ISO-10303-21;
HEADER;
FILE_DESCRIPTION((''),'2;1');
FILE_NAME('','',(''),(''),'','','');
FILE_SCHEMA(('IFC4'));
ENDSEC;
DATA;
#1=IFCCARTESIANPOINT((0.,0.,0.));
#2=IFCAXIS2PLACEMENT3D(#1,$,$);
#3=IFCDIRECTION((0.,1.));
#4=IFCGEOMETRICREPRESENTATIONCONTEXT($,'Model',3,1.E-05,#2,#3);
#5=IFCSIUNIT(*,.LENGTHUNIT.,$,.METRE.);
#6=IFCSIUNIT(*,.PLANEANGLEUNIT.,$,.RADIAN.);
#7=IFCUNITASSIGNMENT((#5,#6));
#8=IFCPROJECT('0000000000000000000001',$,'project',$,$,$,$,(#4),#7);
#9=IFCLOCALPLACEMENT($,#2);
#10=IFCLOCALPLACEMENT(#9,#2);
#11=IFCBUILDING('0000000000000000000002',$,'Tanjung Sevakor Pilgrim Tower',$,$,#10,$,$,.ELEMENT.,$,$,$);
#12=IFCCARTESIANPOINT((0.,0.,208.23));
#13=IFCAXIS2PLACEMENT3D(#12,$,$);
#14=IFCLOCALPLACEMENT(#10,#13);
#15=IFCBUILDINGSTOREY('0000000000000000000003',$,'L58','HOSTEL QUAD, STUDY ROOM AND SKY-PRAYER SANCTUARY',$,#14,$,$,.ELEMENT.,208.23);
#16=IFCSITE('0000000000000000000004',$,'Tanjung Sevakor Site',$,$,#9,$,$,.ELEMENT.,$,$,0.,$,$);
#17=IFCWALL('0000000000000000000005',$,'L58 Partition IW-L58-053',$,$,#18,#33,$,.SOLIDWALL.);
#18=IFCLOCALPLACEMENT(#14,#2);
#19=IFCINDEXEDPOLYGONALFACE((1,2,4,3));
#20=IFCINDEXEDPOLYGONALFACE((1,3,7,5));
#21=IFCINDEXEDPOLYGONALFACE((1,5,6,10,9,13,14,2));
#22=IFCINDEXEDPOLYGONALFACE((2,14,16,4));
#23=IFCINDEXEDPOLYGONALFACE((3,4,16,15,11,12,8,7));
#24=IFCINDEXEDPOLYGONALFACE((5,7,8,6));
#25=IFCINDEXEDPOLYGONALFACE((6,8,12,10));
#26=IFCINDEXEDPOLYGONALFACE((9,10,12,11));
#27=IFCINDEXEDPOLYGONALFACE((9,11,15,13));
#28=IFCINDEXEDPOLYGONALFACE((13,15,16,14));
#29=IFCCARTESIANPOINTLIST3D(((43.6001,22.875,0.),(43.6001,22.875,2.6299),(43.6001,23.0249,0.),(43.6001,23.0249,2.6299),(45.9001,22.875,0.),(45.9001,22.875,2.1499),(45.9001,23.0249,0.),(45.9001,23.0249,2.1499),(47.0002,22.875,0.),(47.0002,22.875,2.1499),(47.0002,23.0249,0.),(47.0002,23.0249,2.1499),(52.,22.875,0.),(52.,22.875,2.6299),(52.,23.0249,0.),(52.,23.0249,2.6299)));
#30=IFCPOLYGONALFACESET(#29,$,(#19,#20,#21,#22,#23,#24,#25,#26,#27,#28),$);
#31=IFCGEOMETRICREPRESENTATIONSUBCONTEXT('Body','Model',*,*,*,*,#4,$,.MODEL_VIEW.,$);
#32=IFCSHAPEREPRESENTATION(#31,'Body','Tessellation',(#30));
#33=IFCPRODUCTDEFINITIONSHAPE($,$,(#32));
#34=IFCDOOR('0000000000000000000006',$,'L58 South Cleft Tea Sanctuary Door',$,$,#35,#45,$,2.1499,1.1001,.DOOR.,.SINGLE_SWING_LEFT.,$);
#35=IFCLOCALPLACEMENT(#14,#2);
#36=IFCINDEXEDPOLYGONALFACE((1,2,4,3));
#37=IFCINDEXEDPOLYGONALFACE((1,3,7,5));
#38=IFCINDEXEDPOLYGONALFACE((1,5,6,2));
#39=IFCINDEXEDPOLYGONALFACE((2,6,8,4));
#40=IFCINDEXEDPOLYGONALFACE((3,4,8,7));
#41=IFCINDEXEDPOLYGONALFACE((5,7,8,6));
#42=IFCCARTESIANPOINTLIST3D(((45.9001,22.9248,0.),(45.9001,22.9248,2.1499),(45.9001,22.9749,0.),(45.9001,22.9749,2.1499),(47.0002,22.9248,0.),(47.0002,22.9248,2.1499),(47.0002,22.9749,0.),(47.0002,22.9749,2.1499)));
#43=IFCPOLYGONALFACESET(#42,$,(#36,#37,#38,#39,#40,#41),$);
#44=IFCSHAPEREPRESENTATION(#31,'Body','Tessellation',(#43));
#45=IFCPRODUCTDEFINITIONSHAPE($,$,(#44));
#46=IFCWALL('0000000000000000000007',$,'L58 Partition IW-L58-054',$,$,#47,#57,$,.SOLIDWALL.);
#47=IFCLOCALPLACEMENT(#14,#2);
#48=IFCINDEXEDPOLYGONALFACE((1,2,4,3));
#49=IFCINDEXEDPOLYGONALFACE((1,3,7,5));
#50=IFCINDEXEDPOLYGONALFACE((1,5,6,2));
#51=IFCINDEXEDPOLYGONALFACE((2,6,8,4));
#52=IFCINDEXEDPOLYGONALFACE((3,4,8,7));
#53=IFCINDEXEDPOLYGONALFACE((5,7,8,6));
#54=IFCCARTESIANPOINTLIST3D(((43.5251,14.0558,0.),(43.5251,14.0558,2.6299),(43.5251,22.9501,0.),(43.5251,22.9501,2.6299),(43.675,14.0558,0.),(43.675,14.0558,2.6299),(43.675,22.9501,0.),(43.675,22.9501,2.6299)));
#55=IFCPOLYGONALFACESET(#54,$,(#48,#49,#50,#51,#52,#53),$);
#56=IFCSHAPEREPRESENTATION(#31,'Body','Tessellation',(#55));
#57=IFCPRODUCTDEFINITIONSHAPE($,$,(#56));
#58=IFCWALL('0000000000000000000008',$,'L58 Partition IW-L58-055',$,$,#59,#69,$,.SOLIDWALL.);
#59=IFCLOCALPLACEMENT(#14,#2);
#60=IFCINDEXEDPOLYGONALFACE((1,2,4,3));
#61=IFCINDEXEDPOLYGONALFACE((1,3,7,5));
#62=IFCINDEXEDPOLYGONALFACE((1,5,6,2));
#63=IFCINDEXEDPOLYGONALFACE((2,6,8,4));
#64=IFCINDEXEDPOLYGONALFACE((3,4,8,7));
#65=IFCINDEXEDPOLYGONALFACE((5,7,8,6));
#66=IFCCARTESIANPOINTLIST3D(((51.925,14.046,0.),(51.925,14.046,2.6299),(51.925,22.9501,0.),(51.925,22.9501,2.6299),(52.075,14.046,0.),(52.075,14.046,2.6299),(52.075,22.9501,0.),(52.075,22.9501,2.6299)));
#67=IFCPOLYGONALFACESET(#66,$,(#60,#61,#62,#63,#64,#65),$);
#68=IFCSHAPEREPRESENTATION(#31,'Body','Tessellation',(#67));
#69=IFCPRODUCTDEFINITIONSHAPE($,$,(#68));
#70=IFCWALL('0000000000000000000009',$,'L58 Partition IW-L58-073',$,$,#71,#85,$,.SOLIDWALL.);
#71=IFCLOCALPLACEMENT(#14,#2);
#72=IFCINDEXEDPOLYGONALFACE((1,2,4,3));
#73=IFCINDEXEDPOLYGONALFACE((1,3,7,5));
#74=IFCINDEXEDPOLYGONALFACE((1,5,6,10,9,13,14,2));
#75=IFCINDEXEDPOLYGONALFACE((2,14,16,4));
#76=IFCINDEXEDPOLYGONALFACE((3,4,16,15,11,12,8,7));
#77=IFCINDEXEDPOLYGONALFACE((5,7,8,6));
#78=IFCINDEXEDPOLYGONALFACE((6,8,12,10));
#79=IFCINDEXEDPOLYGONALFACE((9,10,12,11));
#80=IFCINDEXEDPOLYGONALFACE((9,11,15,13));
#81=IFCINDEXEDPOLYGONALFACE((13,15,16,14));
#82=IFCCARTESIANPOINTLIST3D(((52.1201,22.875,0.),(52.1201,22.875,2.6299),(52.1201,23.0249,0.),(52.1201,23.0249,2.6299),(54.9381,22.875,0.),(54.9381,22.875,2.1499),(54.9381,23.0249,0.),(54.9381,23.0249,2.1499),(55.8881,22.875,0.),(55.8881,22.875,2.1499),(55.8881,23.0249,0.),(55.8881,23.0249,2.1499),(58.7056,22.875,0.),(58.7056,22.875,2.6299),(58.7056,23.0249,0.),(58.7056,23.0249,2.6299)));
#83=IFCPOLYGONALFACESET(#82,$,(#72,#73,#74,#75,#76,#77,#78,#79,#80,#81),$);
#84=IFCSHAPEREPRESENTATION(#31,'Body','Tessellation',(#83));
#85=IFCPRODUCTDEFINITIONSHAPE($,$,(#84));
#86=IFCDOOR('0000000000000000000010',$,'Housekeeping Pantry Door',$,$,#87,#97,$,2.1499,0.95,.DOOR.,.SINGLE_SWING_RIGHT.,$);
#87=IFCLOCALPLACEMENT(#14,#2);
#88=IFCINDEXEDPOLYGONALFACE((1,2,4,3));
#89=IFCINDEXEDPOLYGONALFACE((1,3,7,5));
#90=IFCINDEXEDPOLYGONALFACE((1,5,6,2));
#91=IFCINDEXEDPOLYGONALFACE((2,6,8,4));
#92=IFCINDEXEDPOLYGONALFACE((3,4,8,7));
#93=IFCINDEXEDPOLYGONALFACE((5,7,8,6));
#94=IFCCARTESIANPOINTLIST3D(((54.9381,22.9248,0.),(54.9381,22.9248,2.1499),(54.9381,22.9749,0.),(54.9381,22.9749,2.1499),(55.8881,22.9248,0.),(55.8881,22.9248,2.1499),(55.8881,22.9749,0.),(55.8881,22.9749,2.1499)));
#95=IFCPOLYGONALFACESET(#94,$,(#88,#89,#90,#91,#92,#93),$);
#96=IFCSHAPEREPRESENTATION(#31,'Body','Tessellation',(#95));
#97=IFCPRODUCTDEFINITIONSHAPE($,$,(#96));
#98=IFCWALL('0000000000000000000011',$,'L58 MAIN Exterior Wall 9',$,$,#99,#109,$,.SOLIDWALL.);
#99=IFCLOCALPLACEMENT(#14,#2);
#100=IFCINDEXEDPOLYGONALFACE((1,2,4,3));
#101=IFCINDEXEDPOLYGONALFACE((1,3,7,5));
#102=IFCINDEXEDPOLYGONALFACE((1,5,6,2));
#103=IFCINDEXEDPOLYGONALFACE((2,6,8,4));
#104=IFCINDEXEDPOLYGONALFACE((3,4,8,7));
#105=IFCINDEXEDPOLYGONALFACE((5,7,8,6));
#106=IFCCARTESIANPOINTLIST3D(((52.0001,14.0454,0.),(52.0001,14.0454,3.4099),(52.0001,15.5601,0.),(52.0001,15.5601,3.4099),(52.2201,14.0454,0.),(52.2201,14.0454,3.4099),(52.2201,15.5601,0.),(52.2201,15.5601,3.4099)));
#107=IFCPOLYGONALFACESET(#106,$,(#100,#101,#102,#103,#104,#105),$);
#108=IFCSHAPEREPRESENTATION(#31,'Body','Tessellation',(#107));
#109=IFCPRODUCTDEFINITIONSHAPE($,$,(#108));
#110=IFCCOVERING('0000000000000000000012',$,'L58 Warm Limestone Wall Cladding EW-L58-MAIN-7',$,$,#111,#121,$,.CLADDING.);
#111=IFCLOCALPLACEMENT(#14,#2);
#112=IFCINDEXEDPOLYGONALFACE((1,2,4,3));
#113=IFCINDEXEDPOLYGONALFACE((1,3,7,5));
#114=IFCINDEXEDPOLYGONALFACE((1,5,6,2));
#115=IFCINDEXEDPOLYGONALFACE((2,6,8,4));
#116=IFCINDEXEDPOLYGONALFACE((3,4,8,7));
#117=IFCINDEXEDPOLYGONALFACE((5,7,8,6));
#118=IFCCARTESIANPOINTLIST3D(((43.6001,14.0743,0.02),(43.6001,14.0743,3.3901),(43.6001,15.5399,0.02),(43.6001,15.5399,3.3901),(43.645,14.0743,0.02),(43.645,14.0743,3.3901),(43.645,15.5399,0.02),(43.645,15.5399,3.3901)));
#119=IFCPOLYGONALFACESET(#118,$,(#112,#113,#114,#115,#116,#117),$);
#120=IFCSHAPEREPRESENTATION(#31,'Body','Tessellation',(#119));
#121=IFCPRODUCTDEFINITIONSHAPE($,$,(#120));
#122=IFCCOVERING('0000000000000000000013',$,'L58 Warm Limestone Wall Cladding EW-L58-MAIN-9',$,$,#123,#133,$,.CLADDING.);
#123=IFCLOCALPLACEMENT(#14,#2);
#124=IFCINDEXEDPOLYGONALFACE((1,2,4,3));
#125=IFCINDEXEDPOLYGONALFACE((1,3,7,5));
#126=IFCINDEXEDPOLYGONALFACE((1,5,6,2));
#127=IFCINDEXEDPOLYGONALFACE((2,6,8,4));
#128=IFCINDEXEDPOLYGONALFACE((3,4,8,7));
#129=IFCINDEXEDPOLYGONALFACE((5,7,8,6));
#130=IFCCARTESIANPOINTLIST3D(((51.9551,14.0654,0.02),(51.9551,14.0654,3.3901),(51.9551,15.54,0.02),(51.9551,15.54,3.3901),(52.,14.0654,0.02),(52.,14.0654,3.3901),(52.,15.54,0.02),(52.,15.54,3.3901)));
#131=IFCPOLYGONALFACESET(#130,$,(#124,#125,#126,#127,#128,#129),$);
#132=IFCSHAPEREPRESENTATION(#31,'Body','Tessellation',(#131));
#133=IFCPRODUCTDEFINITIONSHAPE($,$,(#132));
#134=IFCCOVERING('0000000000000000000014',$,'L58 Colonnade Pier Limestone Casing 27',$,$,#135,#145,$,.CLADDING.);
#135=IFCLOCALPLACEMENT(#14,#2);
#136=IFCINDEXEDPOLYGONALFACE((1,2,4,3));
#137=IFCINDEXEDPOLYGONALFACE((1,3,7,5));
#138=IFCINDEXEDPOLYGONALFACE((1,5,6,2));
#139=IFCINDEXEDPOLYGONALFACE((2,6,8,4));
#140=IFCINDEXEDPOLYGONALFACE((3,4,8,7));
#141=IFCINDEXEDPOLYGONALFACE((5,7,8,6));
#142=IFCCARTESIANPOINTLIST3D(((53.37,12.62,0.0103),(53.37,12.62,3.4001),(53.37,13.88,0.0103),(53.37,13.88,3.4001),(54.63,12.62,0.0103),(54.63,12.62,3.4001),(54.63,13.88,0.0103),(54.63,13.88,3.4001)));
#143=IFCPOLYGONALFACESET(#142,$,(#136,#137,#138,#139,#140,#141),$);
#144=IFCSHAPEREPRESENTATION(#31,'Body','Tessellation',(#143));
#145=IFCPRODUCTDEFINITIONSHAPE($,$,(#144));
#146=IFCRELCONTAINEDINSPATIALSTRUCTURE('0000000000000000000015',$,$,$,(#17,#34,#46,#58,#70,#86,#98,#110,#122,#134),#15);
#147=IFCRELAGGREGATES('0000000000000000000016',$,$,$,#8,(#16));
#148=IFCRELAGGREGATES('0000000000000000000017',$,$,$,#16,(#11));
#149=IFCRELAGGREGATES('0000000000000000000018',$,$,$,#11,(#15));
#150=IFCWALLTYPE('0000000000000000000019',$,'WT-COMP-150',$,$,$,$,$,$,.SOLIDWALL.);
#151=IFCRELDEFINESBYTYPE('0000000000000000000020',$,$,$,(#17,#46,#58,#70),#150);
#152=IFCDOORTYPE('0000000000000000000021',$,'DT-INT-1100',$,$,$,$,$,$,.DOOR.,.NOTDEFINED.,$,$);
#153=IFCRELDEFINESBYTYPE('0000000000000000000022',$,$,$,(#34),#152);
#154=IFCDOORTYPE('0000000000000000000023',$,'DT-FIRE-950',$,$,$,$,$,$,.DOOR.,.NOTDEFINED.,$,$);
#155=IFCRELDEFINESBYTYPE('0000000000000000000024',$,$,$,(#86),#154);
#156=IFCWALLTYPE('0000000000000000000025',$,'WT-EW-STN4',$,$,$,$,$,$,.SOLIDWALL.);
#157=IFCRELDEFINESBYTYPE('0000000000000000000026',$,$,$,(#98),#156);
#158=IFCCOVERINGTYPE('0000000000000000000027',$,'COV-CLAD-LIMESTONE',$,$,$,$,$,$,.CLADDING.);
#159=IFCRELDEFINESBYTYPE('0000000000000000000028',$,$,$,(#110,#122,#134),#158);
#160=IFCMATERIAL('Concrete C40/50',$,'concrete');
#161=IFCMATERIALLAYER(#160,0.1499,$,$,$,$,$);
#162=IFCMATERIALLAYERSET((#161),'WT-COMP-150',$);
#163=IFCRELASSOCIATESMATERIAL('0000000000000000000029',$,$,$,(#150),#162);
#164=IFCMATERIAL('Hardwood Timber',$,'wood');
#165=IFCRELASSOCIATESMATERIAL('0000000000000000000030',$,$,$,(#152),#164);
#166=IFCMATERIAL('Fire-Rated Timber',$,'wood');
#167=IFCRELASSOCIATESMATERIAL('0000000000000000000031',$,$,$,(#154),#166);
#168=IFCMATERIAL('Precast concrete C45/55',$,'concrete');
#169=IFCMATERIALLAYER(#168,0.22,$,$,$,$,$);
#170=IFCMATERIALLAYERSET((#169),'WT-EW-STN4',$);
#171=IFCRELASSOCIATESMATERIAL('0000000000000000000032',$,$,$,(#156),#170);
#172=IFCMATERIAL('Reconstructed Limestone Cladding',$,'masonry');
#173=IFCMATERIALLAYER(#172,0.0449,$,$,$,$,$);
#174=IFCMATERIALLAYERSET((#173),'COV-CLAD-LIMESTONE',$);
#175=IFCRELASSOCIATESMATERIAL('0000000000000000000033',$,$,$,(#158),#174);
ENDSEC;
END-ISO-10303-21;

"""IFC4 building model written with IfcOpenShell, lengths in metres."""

from ifc_helpers import new_model, si_unit, direction, frame, frame_2d, origin, origin_2d, place, context, subcontext, project, spatial, rectangle, extrude, material, layer, layer_set, type_object, element, fill, save


model = new_model("IFC4")

# Units and contexts
model_context = context("Model", 3, precision=1e-05, world=origin(), true_north=direction((0.0, 1.0)))
body_context = subcontext(model_context, "Body", "Model", "MODEL_VIEW")
ifc_project = project(units=[si_unit("LENGTHUNIT", "METRE"), si_unit("PLANEANGLEUNIT", "RADIAN")], contexts=[model_context])

# Site, building, storey
site_placement = place(None, origin())
site = spatial("IfcSite", under=ifc_project, at=site_placement, Name="Tanjung Sevakor Site", CompositionType="ELEMENT", RefElevation=0.0)
building_placement = place(site_placement, origin())
building = spatial("IfcBuilding", under=site, at=building_placement, Name="Tanjung Sevakor Pilgrim Tower", CompositionType="ELEMENT")
storey_placement = place(building_placement, frame((0.0, 0.0, 208.23)))
storey = spatial("IfcBuildingStorey", under=building, at=storey_placement, Name="L58", Description="HOSTEL QUAD, STUDY ROOM AND SKY-PRAYER SANCTUARY", CompositionType="ELEMENT", Elevation=208.23)

# Shared definitions
ifc_material_1 = material(Name="Concrete C40/50", Category="concrete")
ifc_layer_1 = layer(ifc_material_1, 0.1499)
ifc_layer_set_1 = layer_set([ifc_layer_1], Name="WT-COMP-150")
wall_type_1 = type_object("IfcWallType", Name="WT-COMP-150", PredefinedType="SOLIDWALL", material=ifc_layer_set_1)

# Wall, opening, door
wall_1_placement = place(storey_placement, frame((43.6001, 22.95, 0.0), z_axis=(0.0, 0.0, 1.0), x_axis=(1.0, 0.0, 0.0)))
wall_1 = element("IfcWall", 1, at=wall_1_placement, inside=storey, type_object=wall_type_1, Name="L58 Partition IW-L58-053", PredefinedType="SOLIDWALL", context=body_context, shape_type="SweptSolid", body=[
    extrude(rectangle(XDim=8.3999, YDim=0.1499, at=frame_2d((4.2, 0.0))), origin(), (0.0, 0.0, 1.0), 2.6299),
])
opening_1_placement = place(wall_1_placement, frame((2.3, 0.0, 0.0)))
opening_1 = element("IfcOpeningElement", 2, at=opening_1_placement, cuts=wall_1, PredefinedType="OPENING", context=body_context, shape_type="SweptSolid", body=[
    extrude(rectangle(XDim=1.1001, YDim=2.1499, at=frame_2d((0.55, 1.075))), frame((0.0, 0.085, 0.0), z_axis=(0.0, -1.0, 0.0), x_axis=(1.0, 0.0, 0.0)), (0.0, 0.0, 1.0), 0.1699),
])
ifc_material_2 = material(Name="Hardwood Timber", Category="wood")
door_type_1 = type_object("IfcDoorType", Name="DT-INT-1100", OperationType="NOTDEFINED", PredefinedType="DOOR", material=ifc_material_2)
door_1_placement = place(opening_1_placement, origin())
door_1 = element("IfcDoor", 3, at=door_1_placement, inside=storey, type_object=door_type_1, Name="L58 South Cleft Tea Sanctuary Door", OperationType="SINGLE_SWING_LEFT", OverallHeight=2.1499, OverallWidth=1.1001, PredefinedType="DOOR", context=body_context, shape_type="SweptSolid", body=[
    extrude(rectangle(XDim=1.1001, YDim=2.1499, at=frame_2d((0.55, 1.075))), frame((0.0, 0.0249, 0.0), z_axis=(0.0, -1.0, 0.0), x_axis=(1.0, 0.0, 0.0)), (0.0, 0.0, 1.0), 0.05),
])
fill(opening_1, door_1)

# Walls
wall_2_placement = place(storey_placement, frame((43.6001, 14.0557, 0.0), z_axis=(0.0, 0.0, 1.0), x_axis=(0.0, 1.0, 0.0)))
element("IfcWall", 4, at=wall_2_placement, inside=storey, type_object=wall_type_1, Name="L58 Partition IW-L58-054", PredefinedType="SOLIDWALL", context=body_context, shape_type="SweptSolid", body=[
    extrude(rectangle(XDim=8.8943, YDim=0.1499, at=frame_2d((4.4473, 0.0))), origin(), (0.0, 0.0, 1.0), 2.6299),
])
wall_3_placement = place(storey_placement, frame((52.0, 14.0459, 0.0), z_axis=(0.0, 0.0, 1.0), x_axis=(0.0, 1.0, 0.0)))
element("IfcWall", 5, at=wall_3_placement, inside=storey, type_object=wall_type_1, Name="L58 Partition IW-L58-055", PredefinedType="SOLIDWALL", context=body_context, shape_type="SweptSolid", body=[
    extrude(rectangle(XDim=8.9041, YDim=0.1499, at=frame_2d((4.4521, 0.0))), origin(), (0.0, 0.0, 1.0), 2.6299),
])

# Wall, opening, door
wall_4_placement = place(storey_placement, frame((52.1201, 22.95, 0.0), z_axis=(0.0, 0.0, 1.0), x_axis=(1.0, 0.0, 0.0)))
wall_4 = element("IfcWall", 6, at=wall_4_placement, inside=storey, type_object=wall_type_1, Name="L58 Partition IW-L58-073", PredefinedType="SOLIDWALL", context=body_context, shape_type="SweptSolid", body=[
    extrude(rectangle(XDim=6.5854, YDim=0.1499, at=frame_2d((3.2927, 0.0))), origin(), (0.0, 0.0, 1.0), 2.6299),
])
opening_2_placement = place(wall_4_placement, frame((2.8179, 0.0, 0.0)))
opening_2 = element("IfcOpeningElement", 7, at=opening_2_placement, cuts=wall_4, PredefinedType="OPENING", context=body_context, shape_type="SweptSolid", body=[
    extrude(rectangle(XDim=0.95, YDim=2.1499, at=frame_2d((0.4751, 1.075))), frame((0.0, 0.085, 0.0), z_axis=(0.0, -1.0, 0.0), x_axis=(1.0, 0.0, 0.0)), (0.0, 0.0, 1.0), 0.1699),
])
ifc_material_3 = material(Name="Fire-Rated Timber", Category="wood")
door_type_2 = type_object("IfcDoorType", Name="DT-FIRE-950", OperationType="NOTDEFINED", PredefinedType="DOOR", material=ifc_material_3)
door_2_placement = place(opening_2_placement, origin())
door_2 = element("IfcDoor", 8, at=door_2_placement, inside=storey, type_object=door_type_2, Name="Housekeeping Pantry Door", OperationType="SINGLE_SWING_RIGHT", OverallHeight=2.1499, OverallWidth=0.95, PredefinedType="DOOR", context=body_context, shape_type="SweptSolid", body=[
    extrude(rectangle(XDim=0.95, YDim=2.1499, at=frame_2d((0.4751, 1.075))), frame((0.0, 0.0249, 0.0), z_axis=(0.0, -1.0, 0.0), x_axis=(1.0, 0.0, 0.0)), (0.0, 0.0, 1.0), 0.05),
])
fill(opening_2, door_2)

# Wall
ifc_material_4 = material(Name="Precast concrete C45/55", Category="concrete")
ifc_layer_2 = layer(ifc_material_4, 0.22)
ifc_layer_set_2 = layer_set([ifc_layer_2], Name="WT-EW-STN4")
wall_type_2 = type_object("IfcWallType", Name="WT-EW-STN4", PredefinedType="SOLIDWALL", material=ifc_layer_set_2)
wall_5_placement = place(storey_placement, frame((52.1101, 15.5601, 0.0), z_axis=(0.0, 0.0, 1.0), x_axis=(0.0, -1.0, 0.0)))
element("IfcWall", 9, at=wall_5_placement, inside=storey, type_object=wall_type_2, Name="L58 MAIN Exterior Wall 9", PredefinedType="SOLIDWALL", context=body_context, shape_type="SweptSolid", body=[
    extrude(rectangle(XDim=1.5146, YDim=0.22, at=frame_2d((0.7573, 0.0))), origin(), (0.0, 0.0, 1.0), 3.4099),
])

# Coverings
ifc_material_5 = material(Name="Reconstructed Limestone Cladding", Category="masonry")
ifc_layer_3 = layer(ifc_material_5, 0.0449)
ifc_layer_set_3 = layer_set([ifc_layer_3], Name="COV-CLAD-LIMESTONE")
covering_type = type_object("IfcCoveringType", Name="COV-CLAD-LIMESTONE", PredefinedType="CLADDING", material=ifc_layer_set_3)
covering_1_placement = place(storey_placement, frame((43.6226, 14.8071, 0.02), z_axis=(0.0, 0.0, 1.0), x_axis=(0.0, 1.0, 0.0)))
element("IfcCovering", 10, at=covering_1_placement, inside=storey, type_object=covering_type, Name="L58 Warm Limestone Wall Cladding EW-L58-MAIN-7", PredefinedType="CLADDING", context=body_context, shape_type="SweptSolid", body=[
    extrude(rectangle(XDim=1.4656, YDim=0.0449, at=origin_2d()), origin(), (0.0, 0.0, 1.0), 3.3701),
])
covering_2_placement = place(storey_placement, frame((51.9775, 14.8027, 0.02), z_axis=(0.0, 0.0, 1.0), x_axis=(0.0, -1.0, 0.0)))
element("IfcCovering", 11, at=covering_2_placement, inside=storey, type_object=covering_type, Name="L58 Warm Limestone Wall Cladding EW-L58-MAIN-9", PredefinedType="CLADDING", context=body_context, shape_type="SweptSolid", body=[
    extrude(rectangle(XDim=1.4746, YDim=0.0449, at=origin_2d()), origin(), (0.0, 0.0, 1.0), 3.3701),
])
covering_3_placement = place(storey_placement, frame((54.0, 13.25, 0.0103), z_axis=(0.0, 0.0, 1.0), x_axis=(1.0, 0.0, 0.0)))
element("IfcCovering", 12, at=covering_3_placement, inside=storey, type_object=covering_type, Name="L58 Colonnade Pier Limestone Casing 27", PredefinedType="CLADDING", context=body_context, shape_type="SweptSolid", body=[
    extrude(rectangle(XDim=1.26, YDim=1.26, at=origin_2d()), origin(), (0.0, 0.0, 1.0), 3.3899),
])

save(model, "model.ifc")
